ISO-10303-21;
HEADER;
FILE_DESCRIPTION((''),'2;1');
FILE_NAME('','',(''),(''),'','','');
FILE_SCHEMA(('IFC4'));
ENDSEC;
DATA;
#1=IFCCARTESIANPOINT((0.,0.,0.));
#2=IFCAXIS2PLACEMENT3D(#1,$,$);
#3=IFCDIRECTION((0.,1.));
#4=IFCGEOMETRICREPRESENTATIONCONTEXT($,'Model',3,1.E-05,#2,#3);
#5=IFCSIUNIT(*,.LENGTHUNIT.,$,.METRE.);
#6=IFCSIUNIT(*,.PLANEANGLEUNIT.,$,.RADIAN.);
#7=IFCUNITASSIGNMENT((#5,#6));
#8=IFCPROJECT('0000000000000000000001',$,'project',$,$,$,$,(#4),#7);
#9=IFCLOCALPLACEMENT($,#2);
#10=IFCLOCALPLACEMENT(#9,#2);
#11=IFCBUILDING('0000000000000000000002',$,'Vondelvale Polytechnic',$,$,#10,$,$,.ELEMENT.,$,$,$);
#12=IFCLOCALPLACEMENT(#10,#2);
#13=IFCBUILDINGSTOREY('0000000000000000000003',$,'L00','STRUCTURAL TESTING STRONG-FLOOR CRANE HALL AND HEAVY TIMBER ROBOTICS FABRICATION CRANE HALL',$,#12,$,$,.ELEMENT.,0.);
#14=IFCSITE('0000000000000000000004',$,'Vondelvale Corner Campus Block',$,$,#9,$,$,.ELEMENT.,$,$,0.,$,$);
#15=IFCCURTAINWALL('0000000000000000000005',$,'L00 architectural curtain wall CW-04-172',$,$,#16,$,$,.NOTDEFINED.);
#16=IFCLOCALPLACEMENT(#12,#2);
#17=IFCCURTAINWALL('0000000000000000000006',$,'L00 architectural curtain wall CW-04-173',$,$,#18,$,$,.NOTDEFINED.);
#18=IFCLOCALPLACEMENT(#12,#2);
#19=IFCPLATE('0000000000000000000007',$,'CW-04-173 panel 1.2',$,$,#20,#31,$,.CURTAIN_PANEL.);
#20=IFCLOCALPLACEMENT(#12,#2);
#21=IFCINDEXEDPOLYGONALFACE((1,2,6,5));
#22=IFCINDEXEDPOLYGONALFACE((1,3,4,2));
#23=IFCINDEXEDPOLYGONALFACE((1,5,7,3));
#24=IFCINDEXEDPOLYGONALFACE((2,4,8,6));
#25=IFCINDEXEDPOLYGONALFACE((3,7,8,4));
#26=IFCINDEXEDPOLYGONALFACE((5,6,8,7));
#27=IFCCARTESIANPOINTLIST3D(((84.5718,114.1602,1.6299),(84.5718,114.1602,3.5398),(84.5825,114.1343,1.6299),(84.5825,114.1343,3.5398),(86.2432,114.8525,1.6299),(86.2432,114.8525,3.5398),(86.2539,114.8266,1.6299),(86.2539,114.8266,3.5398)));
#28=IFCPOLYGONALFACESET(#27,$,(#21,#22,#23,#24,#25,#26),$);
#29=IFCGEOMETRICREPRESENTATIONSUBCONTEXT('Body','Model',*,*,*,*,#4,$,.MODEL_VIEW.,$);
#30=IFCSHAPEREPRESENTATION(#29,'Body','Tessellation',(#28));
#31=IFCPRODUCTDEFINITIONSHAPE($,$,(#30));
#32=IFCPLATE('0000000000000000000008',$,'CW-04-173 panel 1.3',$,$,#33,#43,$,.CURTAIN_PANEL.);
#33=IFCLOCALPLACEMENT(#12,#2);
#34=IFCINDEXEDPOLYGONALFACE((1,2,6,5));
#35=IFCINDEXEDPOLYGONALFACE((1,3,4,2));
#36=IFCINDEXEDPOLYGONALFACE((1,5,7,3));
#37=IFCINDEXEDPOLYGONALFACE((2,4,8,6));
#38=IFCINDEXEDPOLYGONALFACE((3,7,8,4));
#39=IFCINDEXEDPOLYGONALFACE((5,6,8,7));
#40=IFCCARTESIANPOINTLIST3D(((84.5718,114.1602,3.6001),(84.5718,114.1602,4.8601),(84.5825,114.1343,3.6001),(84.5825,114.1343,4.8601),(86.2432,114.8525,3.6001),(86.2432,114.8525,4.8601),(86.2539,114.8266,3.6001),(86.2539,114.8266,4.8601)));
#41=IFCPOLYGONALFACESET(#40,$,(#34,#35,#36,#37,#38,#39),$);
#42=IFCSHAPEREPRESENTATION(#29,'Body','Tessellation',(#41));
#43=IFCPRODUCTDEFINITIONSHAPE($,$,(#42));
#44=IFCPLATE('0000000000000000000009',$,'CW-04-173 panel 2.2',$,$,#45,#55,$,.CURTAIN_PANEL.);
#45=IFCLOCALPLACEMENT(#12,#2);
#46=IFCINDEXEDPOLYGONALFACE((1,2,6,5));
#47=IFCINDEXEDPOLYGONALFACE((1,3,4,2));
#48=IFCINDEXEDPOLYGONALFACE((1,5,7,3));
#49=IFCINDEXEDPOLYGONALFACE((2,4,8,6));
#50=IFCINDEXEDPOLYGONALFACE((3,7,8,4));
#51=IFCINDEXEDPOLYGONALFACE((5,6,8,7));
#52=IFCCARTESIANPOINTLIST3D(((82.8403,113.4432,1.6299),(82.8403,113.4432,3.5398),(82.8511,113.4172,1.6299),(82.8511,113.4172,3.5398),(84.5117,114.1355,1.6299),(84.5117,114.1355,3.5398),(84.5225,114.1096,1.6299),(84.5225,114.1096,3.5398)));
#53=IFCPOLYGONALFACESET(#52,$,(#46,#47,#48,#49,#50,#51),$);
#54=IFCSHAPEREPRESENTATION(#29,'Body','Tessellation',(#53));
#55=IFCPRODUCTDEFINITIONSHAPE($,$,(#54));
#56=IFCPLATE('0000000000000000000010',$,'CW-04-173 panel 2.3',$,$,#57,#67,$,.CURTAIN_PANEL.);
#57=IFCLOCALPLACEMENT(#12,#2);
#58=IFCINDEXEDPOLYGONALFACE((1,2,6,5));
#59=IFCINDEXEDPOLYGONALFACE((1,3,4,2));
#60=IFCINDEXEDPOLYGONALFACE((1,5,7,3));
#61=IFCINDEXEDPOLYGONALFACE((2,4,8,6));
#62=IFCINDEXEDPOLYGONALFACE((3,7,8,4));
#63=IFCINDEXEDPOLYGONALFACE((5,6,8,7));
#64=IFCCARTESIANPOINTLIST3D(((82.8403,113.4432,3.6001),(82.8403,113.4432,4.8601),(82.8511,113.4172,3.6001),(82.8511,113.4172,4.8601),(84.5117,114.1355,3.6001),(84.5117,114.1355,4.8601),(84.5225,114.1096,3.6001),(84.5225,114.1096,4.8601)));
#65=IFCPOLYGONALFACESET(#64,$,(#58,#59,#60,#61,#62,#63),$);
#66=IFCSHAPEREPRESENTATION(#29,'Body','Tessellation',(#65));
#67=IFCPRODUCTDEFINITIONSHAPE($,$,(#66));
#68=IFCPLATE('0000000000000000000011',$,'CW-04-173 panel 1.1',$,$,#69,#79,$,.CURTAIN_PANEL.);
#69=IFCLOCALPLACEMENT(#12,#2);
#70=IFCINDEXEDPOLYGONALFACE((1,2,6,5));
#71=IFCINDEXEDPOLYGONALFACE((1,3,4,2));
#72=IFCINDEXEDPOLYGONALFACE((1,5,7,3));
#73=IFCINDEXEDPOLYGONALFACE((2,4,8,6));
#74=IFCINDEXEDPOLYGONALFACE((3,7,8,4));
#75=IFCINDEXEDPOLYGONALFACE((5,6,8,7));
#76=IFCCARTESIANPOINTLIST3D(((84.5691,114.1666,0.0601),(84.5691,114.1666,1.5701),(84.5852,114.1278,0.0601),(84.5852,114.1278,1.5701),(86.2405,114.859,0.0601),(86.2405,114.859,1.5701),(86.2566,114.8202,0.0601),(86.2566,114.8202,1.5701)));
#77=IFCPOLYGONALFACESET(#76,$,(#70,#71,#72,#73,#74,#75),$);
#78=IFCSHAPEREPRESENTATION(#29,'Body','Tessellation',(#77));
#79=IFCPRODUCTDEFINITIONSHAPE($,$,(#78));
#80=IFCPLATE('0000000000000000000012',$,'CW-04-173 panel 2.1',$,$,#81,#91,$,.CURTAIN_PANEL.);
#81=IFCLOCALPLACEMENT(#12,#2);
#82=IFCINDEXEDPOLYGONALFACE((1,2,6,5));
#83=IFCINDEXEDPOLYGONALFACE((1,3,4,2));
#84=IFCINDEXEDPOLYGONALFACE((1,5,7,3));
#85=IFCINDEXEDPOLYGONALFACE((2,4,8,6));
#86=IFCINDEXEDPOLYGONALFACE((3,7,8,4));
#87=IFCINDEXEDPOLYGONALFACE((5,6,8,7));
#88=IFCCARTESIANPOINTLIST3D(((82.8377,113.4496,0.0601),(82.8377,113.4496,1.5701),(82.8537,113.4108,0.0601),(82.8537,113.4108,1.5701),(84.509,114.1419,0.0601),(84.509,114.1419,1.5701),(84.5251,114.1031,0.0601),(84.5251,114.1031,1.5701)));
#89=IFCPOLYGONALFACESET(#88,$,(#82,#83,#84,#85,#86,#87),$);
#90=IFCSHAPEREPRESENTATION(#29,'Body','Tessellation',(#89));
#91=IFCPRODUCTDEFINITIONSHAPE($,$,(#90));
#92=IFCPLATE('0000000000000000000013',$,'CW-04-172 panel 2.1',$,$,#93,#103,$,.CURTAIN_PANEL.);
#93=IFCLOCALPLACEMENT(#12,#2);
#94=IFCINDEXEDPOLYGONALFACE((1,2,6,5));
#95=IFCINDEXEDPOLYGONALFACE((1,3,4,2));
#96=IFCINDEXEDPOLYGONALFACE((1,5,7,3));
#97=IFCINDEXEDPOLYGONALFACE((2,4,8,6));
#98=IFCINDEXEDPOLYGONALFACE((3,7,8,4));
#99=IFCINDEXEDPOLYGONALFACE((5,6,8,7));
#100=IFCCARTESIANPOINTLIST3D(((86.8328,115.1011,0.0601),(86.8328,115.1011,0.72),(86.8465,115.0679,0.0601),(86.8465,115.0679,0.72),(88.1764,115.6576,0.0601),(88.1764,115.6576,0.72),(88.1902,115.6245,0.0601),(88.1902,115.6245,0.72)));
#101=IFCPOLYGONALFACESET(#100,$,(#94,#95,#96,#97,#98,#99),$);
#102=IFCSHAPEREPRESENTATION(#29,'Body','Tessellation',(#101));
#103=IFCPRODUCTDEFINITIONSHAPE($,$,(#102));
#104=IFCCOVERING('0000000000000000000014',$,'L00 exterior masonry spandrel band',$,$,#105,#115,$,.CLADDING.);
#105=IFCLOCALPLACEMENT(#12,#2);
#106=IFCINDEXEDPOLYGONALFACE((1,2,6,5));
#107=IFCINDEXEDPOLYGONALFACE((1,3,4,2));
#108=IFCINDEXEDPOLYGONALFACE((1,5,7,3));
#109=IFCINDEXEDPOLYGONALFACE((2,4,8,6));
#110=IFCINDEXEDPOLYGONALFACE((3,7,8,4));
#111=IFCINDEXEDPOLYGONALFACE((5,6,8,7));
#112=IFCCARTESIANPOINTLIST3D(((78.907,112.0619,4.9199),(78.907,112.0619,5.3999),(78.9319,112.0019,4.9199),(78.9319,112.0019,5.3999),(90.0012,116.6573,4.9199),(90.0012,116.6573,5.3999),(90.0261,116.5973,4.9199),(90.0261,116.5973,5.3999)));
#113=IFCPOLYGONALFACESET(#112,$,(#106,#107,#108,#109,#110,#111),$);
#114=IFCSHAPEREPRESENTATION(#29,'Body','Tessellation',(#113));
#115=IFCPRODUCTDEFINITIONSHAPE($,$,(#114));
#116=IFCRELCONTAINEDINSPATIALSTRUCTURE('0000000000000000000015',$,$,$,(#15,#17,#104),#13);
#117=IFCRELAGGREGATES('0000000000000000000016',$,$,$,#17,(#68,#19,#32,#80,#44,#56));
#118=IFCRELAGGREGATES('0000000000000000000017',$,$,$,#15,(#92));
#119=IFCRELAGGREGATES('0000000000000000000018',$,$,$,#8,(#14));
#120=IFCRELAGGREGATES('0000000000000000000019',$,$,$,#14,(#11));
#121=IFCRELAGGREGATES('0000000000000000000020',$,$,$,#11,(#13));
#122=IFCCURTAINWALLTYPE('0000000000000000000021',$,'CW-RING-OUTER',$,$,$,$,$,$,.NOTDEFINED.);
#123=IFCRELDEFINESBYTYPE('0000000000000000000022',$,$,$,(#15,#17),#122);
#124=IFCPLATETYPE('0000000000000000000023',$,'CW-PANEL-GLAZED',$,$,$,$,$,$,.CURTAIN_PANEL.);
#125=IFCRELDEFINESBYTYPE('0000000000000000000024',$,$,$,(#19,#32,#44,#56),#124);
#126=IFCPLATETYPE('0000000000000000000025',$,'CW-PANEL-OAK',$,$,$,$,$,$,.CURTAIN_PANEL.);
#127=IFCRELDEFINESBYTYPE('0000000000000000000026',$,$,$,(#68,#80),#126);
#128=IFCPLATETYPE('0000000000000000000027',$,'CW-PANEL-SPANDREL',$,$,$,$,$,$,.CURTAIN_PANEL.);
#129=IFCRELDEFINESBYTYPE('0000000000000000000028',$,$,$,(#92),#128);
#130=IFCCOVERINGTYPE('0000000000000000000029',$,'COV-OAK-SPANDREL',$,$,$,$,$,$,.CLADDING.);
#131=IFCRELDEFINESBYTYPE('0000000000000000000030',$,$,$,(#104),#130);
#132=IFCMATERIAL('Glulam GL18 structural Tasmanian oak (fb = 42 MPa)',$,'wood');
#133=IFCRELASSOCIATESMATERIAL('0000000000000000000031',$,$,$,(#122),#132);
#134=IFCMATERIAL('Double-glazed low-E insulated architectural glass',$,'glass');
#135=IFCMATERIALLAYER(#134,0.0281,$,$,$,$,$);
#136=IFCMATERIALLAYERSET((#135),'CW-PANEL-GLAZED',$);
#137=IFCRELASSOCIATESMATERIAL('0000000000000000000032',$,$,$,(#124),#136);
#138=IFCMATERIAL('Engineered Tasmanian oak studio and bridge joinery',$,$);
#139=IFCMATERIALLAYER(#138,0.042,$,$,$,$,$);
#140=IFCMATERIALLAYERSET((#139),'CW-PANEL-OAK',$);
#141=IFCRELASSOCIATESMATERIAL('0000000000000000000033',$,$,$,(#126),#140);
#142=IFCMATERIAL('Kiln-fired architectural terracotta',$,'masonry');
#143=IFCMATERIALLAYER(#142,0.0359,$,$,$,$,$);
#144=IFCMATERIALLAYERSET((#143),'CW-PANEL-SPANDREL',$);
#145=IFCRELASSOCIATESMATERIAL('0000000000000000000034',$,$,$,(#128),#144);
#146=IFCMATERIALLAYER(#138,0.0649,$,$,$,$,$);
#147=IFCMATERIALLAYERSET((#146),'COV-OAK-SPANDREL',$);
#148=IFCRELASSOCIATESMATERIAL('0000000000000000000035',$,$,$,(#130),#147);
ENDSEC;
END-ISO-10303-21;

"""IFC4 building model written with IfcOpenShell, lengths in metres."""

from ifc_helpers import new_model, si_unit, direction, frame, origin, origin_2d, place, context, subcontext, project, spatial, rectangle, extrude, material, layer, layer_set, type_object, element, aggregate, save


model = new_model("IFC4")

# Units and contexts
model_context = context("Model", 3, precision=1e-05, world=origin(), true_north=direction((0.0, 1.0)))
body_context = subcontext(model_context, "Body", "Model", "MODEL_VIEW")
ifc_project = project(units=[si_unit("LENGTHUNIT", "METRE"), si_unit("PLANEANGLEUNIT", "RADIAN")], contexts=[model_context])

# Site, building, storey
site_placement = place(None, origin())
site = spatial("IfcSite", under=ifc_project, at=site_placement, Name="Vondelvale Corner Campus Block", CompositionType="ELEMENT", RefElevation=0.0)
building_placement = place(site_placement, origin())
building = spatial("IfcBuilding", under=site, at=building_placement, Name="Vondelvale Polytechnic", CompositionType="ELEMENT")
storey_placement = place(building_placement, origin())
storey = spatial("IfcBuildingStorey", under=building, at=storey_placement, Name="L00", Description="STRUCTURAL TESTING STRONG-FLOOR CRANE HALL AND HEAVY TIMBER ROBOTICS FABRICATION CRANE HALL", CompositionType="ELEMENT", Elevation=0.0)

# Shared definitions
ifc_material_1 = material(Name="Glulam GL18 structural Tasmanian oak (fb = 42 MPa)", Category="wood")

# Curtain wall
curtain_wall_type = type_object("IfcCurtainWallType", Name="CW-RING-OUTER", PredefinedType="NOTDEFINED", material=ifc_material_1)
curtain_wall_1_placement = place(storey_placement, origin())
curtain_wall_1 = element("IfcCurtainWall", 1, at=curtain_wall_1_placement, inside=storey, type_object=curtain_wall_type, Name="L00 architectural curtain wall CW-04-172", PredefinedType="NOTDEFINED")

# Curtain wall
curtain_wall_2_placement = place(storey_placement, origin())
curtain_wall_2 = element("IfcCurtainWall", 2, at=curtain_wall_2_placement, inside=storey, type_object=curtain_wall_type, Name="L00 architectural curtain wall CW-04-173", PredefinedType="NOTDEFINED")

# Plates
ifc_material_2 = material(Name="Double-glazed low-E insulated architectural glass", Category="glass")
ifc_layer_1 = layer(ifc_material_2, 0.0281)
ifc_layer_set_1 = layer_set([ifc_layer_1], Name="CW-PANEL-GLAZED")
plate_type_1 = type_object("IfcPlateType", Name="CW-PANEL-GLAZED", PredefinedType="CURTAIN_PANEL", material=ifc_layer_set_1)
plate_1_placement = place(storey_placement, frame((85.4128, 114.4934, 1.6299), z_axis=(0.0, 0.0, 1.0), x_axis=(-0.923875, -0.382695, 0.0)))
plate_1 = element("IfcPlate", 3, at=plate_1_placement, type_object=plate_type_1, Name="CW-04-173 panel 1.2", PredefinedType="CURTAIN_PANEL", context=body_context, shape_type="SweptSolid", body=[
    extrude(rectangle(XDim=1.8091, YDim=0.0281, at=origin_2d()), origin(), (0.0, 0.0, 1.0), 1.9099),
])
plate_2_placement = place(storey_placement, frame((85.4128, 114.4934, 3.6001), z_axis=(0.0, 0.0, 1.0), x_axis=(-0.923875, -0.382695, 0.0)))
plate_2 = element("IfcPlate", 4, at=plate_2_placement, type_object=plate_type_1, Name="CW-04-173 panel 1.3", PredefinedType="CURTAIN_PANEL", context=body_context, shape_type="SweptSolid", body=[
    extrude(rectangle(XDim=1.8091, YDim=0.0281, at=origin_2d()), origin(), (0.0, 0.0, 1.0), 1.26),
])
plate_3_placement = place(storey_placement, frame((83.6814, 113.7764, 1.6299), z_axis=(0.0, 0.0, 1.0), x_axis=(-0.923875, -0.382695, 0.0)))
plate_3 = element("IfcPlate", 5, at=plate_3_placement, type_object=plate_type_1, Name="CW-04-173 panel 2.2", PredefinedType="CURTAIN_PANEL", context=body_context, shape_type="SweptSolid", body=[
    extrude(rectangle(XDim=1.8091, YDim=0.0281, at=origin_2d()), origin(), (0.0, 0.0, 1.0), 1.9099),
])
plate_4_placement = place(storey_placement, frame((83.6814, 113.7764, 3.6001), z_axis=(0.0, 0.0, 1.0), x_axis=(-0.923875, -0.382695, 0.0)))
plate_4 = element("IfcPlate", 6, at=plate_4_placement, type_object=plate_type_1, Name="CW-04-173 panel 2.3", PredefinedType="CURTAIN_PANEL", context=body_context, shape_type="SweptSolid", body=[
    extrude(rectangle(XDim=1.8091, YDim=0.0281, at=origin_2d()), origin(), (0.0, 0.0, 1.0), 1.26),
])
ifc_material_3 = material(Name="Engineered Tasmanian oak studio and bridge joinery")
ifc_layer_2 = layer(ifc_material_3, 0.042)
ifc_layer_set_2 = layer_set([ifc_layer_2], Name="CW-PANEL-OAK")
plate_type_2 = type_object("IfcPlateType", Name="CW-PANEL-OAK", PredefinedType="CURTAIN_PANEL", material=ifc_layer_set_2)
plate_5_placement = place(storey_placement, frame((85.4128, 114.4934, 0.0601), z_axis=(0.0, 0.0, 1.0), x_axis=(-0.923875, -0.382695, 0.0)))
plate_5 = element("IfcPlate", 7, at=plate_5_placement, type_object=plate_type_2, Name="CW-04-173 panel 1.1", PredefinedType="CURTAIN_PANEL", context=body_context, shape_type="SweptSolid", body=[
    extrude(rectangle(XDim=1.8091, YDim=0.042, at=origin_2d()), origin(), (0.0, 0.0, 1.0), 1.51),
])
plate_6_placement = place(storey_placement, frame((83.6814, 113.7764, 0.0601), z_axis=(0.0, 0.0, 1.0), x_axis=(-0.923875, -0.382695, 0.0)))
plate_6 = element("IfcPlate", 8, at=plate_6_placement, type_object=plate_type_2, Name="CW-04-173 panel 2.1", PredefinedType="CURTAIN_PANEL", context=body_context, shape_type="SweptSolid", body=[
    extrude(rectangle(XDim=1.8091, YDim=0.042, at=origin_2d()), origin(), (0.0, 0.0, 1.0), 1.51),
])
aggregate(curtain_wall_2, [plate_5, plate_1, plate_2, plate_6, plate_3, plate_4])
ifc_material_4 = material(Name="Kiln-fired architectural terracotta", Category="masonry")
ifc_layer_3 = layer(ifc_material_4, 0.0359)
ifc_layer_set_3 = layer_set([ifc_layer_3], Name="CW-PANEL-SPANDREL")
plate_type_3 = type_object("IfcPlateType", Name="CW-PANEL-SPANDREL", PredefinedType="CURTAIN_PANEL", material=ifc_layer_set_3)
plate_7_placement = place(storey_placement, frame((87.5115, 115.3628, 0.0601), z_axis=(0.0, 0.0, 1.0), x_axis=(-0.923881, -0.382679, 0.0)))
plate_7 = element("IfcPlate", 9, at=plate_7_placement, type_object=plate_type_3, Name="CW-04-172 panel 2.1", PredefinedType="CURTAIN_PANEL", context=body_context, shape_type="SweptSolid", body=[
    extrude(rectangle(XDim=1.4543, YDim=0.0359, at=origin_2d()), origin(), (0.0, 0.0, 1.0), 0.6599),
])
aggregate(curtain_wall_1, [plate_7])

# Covering
ifc_layer_4 = layer(ifc_material_3, 0.0649)
ifc_layer_set_4 = layer_set([ifc_layer_4], Name="COV-OAK-SPANDREL")
covering_type = type_object("IfcCoveringType", Name="COV-OAK-SPANDREL", PredefinedType="CLADDING", material=ifc_layer_set_4)
covering_placement = place(storey_placement, frame((84.4666, 114.3296, 4.9199), z_axis=(0.0, 0.0, 1.0), x_axis=(-0.92388, -0.382683, 0.0)))
element("IfcCovering", 10, at=covering_placement, inside=storey, type_object=covering_type, Name="L00 exterior masonry spandrel band", PredefinedType="CLADDING", context=body_context, shape_type="SweptSolid", body=[
    extrude(rectangle(XDim=12.0083, YDim=0.0649, at=origin_2d()), origin(), (0.0, 0.0, 1.0), 0.48),
])

save(model, "model.ifc")
